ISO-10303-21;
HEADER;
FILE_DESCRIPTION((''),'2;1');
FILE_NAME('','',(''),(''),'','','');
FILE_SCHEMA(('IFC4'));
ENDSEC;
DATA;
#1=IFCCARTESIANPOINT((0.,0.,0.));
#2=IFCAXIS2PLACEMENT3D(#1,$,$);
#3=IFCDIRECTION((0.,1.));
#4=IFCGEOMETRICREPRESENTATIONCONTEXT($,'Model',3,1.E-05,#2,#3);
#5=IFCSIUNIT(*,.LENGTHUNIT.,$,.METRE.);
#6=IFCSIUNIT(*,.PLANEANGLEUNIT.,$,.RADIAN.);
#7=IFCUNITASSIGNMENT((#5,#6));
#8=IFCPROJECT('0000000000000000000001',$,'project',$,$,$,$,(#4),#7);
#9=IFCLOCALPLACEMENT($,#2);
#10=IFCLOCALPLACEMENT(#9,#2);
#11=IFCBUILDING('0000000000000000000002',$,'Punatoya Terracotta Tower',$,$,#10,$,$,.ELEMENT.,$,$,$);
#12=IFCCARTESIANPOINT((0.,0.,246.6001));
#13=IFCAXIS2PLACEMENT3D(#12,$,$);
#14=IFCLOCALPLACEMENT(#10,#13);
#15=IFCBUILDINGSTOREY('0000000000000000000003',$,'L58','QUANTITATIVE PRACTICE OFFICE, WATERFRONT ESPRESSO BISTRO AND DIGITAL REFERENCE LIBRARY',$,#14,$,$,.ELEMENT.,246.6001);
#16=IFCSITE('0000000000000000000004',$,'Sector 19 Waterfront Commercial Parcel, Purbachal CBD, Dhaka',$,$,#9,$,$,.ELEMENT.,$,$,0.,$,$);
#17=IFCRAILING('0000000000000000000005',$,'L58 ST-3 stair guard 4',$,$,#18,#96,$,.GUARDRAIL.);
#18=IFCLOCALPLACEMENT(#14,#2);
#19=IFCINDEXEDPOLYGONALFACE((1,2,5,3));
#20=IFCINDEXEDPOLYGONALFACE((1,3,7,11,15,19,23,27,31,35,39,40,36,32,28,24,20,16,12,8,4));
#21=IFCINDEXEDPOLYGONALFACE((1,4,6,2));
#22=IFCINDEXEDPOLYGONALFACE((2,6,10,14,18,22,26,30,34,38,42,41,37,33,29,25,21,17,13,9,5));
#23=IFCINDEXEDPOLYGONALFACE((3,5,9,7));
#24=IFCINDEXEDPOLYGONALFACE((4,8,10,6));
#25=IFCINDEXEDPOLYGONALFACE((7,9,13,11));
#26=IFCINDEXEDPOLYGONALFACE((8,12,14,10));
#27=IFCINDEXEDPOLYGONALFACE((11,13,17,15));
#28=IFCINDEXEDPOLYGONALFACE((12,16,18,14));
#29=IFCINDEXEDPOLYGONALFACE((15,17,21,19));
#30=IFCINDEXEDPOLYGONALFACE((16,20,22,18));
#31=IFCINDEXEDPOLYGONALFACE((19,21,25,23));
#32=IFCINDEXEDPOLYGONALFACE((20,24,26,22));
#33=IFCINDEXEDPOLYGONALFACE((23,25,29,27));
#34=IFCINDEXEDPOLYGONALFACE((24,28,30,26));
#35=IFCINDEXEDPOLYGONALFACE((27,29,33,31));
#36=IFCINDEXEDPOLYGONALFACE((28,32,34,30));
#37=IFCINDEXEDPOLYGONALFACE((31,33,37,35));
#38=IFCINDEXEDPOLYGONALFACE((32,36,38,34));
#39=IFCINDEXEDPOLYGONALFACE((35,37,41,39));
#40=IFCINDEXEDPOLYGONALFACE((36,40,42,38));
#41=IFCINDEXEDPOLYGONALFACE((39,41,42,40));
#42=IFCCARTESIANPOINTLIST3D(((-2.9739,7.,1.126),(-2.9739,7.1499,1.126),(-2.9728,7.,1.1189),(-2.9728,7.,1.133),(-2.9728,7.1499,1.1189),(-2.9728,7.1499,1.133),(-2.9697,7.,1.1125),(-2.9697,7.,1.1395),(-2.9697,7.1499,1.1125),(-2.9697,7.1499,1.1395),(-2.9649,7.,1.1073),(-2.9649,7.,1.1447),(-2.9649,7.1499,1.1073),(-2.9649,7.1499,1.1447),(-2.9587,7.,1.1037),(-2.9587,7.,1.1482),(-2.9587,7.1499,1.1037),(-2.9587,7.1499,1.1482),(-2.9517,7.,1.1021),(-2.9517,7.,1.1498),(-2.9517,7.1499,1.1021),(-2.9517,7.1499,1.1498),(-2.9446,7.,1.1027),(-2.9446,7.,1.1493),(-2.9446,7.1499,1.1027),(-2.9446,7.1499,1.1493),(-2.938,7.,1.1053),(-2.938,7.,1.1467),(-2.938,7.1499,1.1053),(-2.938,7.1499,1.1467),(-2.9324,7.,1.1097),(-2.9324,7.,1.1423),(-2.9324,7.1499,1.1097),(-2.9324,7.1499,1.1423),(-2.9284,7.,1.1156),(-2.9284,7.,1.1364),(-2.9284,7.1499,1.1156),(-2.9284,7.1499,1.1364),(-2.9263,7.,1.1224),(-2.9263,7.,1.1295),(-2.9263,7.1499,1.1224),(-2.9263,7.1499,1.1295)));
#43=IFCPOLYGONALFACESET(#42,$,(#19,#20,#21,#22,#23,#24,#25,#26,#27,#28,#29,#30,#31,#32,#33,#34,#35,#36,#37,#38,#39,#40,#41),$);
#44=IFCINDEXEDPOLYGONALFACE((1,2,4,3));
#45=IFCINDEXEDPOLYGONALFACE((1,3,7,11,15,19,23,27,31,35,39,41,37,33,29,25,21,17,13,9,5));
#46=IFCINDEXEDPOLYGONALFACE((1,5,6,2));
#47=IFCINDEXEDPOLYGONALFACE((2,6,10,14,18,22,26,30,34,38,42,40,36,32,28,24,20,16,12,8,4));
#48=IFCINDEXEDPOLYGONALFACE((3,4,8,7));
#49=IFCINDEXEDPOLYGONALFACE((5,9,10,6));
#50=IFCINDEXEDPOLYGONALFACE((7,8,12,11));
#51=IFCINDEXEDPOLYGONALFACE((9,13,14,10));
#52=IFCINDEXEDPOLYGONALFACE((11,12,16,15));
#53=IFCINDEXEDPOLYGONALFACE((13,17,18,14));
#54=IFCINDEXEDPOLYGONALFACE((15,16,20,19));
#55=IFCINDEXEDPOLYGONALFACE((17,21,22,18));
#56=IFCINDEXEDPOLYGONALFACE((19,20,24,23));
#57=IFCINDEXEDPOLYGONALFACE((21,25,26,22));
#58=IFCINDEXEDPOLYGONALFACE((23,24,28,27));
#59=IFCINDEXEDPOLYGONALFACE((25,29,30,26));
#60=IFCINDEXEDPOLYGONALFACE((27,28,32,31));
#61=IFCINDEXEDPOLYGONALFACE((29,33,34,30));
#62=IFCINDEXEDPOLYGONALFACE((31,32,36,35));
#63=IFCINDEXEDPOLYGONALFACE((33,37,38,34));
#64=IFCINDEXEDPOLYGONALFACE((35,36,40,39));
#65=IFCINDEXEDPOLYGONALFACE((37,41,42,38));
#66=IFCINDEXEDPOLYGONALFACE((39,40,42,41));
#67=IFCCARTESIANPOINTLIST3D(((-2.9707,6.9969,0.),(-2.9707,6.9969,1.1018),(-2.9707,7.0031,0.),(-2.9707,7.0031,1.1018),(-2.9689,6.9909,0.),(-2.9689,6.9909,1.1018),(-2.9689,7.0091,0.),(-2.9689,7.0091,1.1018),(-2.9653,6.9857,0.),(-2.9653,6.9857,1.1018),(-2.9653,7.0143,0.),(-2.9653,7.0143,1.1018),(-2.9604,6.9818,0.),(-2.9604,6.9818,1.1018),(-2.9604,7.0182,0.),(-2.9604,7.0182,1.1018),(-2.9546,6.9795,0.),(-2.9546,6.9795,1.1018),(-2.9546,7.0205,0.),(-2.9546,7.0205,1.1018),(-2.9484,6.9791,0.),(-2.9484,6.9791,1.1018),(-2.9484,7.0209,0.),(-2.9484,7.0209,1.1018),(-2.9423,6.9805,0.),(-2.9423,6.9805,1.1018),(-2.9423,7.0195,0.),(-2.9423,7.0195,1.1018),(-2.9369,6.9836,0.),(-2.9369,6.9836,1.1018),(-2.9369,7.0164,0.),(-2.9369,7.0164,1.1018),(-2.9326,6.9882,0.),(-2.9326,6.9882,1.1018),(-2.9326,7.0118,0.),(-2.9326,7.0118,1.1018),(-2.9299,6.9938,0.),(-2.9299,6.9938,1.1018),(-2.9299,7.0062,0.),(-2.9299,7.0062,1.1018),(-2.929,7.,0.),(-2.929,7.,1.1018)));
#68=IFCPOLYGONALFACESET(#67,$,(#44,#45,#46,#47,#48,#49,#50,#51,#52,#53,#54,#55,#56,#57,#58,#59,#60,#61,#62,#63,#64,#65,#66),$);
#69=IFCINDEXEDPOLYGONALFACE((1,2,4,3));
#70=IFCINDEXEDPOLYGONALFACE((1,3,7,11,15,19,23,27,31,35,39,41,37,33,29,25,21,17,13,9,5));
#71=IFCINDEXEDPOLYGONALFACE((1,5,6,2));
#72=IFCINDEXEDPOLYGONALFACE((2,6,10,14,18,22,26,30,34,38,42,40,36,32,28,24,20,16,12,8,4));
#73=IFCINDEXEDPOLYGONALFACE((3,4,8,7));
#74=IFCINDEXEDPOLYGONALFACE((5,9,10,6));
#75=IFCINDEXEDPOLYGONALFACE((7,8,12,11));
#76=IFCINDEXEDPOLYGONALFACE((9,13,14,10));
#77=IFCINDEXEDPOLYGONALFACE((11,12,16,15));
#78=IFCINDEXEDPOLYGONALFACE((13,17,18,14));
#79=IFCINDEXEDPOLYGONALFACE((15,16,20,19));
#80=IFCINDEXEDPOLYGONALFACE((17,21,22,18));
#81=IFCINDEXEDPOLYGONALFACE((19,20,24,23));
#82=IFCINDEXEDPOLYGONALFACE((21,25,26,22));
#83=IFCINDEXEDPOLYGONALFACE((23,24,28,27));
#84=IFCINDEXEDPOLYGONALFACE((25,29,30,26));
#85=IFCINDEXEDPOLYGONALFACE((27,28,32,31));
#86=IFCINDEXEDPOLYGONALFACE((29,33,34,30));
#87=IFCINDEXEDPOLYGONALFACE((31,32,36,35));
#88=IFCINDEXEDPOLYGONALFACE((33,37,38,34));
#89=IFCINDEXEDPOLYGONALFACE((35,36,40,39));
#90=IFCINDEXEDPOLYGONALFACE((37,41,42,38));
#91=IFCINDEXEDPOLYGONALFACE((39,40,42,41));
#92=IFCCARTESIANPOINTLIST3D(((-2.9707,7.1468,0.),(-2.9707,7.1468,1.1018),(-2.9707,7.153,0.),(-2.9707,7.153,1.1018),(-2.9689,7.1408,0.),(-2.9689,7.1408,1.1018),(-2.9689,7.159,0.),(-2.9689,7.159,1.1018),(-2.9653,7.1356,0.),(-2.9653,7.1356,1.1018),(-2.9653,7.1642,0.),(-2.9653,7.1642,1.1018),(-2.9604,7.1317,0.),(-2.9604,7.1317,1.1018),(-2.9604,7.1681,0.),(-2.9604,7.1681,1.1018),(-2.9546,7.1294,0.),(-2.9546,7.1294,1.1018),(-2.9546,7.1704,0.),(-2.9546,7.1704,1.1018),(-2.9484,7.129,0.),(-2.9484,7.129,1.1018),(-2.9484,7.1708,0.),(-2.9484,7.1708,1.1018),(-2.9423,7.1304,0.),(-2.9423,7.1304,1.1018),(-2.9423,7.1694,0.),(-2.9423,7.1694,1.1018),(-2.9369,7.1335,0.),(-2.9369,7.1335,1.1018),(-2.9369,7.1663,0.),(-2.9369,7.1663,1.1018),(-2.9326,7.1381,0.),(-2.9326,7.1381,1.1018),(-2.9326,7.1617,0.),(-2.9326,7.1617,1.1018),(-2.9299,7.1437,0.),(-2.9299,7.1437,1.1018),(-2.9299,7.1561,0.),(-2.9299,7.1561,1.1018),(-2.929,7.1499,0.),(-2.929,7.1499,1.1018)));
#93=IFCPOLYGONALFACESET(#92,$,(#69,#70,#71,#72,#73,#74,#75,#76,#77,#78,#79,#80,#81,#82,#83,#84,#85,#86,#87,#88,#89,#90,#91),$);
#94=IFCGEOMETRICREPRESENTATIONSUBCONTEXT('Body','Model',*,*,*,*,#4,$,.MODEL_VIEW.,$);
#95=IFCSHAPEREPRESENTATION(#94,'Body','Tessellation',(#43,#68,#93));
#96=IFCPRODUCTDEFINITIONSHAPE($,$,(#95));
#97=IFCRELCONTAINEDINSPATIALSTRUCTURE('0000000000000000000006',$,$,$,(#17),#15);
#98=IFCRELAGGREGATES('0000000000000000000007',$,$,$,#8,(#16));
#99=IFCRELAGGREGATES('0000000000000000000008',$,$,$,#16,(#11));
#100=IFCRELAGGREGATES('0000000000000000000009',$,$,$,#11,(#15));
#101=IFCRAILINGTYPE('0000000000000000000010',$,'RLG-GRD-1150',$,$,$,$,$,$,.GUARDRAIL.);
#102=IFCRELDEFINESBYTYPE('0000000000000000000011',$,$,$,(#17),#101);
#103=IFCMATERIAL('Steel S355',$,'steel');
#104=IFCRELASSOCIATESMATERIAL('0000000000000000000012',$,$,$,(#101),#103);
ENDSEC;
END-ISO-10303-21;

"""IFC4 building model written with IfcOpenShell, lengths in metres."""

from ifc_helpers import new_model, si_unit, direction, frame, origin, origin_2d, place, context, subcontext, project, spatial, circle, extrude, material, type_object, element, save


model = new_model("IFC4")

# Units and contexts
model_context = context("Model", 3, precision=1e-05, world=origin(), true_north=direction((0.0, 1.0)))
body_context = subcontext(model_context, "Body", "Model", "MODEL_VIEW")
ifc_project = project(units=[si_unit("LENGTHUNIT", "METRE"), si_unit("PLANEANGLEUNIT", "RADIAN")], contexts=[model_context])

# Site, building, storey
site_placement = place(None, origin())
site = spatial("IfcSite", under=ifc_project, at=site_placement, Name="Sector 19 Waterfront Commercial Parcel, Purbachal CBD, Dhaka", CompositionType="ELEMENT", RefElevation=0.0)
building_placement = place(site_placement, origin())
building = spatial("IfcBuilding", under=site, at=building_placement, Name="Punatoya Terracotta Tower", CompositionType="ELEMENT")
storey_placement = place(building_placement, frame((0.0, 0.0, 246.6001)))
storey = spatial("IfcBuildingStorey", under=building, at=storey_placement, Name="L58", Description="QUANTITATIVE PRACTICE OFFICE, WATERFRONT ESPRESSO BISTRO AND DIGITAL REFERENCE LIBRARY", CompositionType="ELEMENT", Elevation=246.6001)

# Shared definitions
ifc_material_1 = material(Name="Steel S355", Category="steel")

# Railing
railing_type = type_object("IfcRailingType", Name="RLG-GRD-1150", PredefinedType="GUARDRAIL", material=ifc_material_1)
railing_1_placement = place(storey_placement, frame((-2.95, 7.0, 0.0)))
element("IfcRailing", 1, at=railing_1_placement, inside=storey, type_object=railing_type, Name="L58 ST-3 stair guard 4", PredefinedType="GUARDRAIL", context=body_context, shape_type="SweptSolid", body=[
    extrude(circle(Radius=0.0239, at=origin_2d()), frame((0.0, 0.0, 1.126), z_axis=(0.0, 1.0, 0.0), x_axis=(-1.0, 0.0, 0.0)), (0.0, 0.0, 1.0), 0.1499),
    extrude(circle(Radius=0.021, at=origin_2d()), origin(), (0.0, 0.0, 1.0), 1.1018),
    extrude(circle(Radius=0.021, at=origin_2d()), frame((0.0, 0.1499, 0.0)), (0.0, 0.0, 1.0), 1.1018),
])

save(model, "model.ifc")
